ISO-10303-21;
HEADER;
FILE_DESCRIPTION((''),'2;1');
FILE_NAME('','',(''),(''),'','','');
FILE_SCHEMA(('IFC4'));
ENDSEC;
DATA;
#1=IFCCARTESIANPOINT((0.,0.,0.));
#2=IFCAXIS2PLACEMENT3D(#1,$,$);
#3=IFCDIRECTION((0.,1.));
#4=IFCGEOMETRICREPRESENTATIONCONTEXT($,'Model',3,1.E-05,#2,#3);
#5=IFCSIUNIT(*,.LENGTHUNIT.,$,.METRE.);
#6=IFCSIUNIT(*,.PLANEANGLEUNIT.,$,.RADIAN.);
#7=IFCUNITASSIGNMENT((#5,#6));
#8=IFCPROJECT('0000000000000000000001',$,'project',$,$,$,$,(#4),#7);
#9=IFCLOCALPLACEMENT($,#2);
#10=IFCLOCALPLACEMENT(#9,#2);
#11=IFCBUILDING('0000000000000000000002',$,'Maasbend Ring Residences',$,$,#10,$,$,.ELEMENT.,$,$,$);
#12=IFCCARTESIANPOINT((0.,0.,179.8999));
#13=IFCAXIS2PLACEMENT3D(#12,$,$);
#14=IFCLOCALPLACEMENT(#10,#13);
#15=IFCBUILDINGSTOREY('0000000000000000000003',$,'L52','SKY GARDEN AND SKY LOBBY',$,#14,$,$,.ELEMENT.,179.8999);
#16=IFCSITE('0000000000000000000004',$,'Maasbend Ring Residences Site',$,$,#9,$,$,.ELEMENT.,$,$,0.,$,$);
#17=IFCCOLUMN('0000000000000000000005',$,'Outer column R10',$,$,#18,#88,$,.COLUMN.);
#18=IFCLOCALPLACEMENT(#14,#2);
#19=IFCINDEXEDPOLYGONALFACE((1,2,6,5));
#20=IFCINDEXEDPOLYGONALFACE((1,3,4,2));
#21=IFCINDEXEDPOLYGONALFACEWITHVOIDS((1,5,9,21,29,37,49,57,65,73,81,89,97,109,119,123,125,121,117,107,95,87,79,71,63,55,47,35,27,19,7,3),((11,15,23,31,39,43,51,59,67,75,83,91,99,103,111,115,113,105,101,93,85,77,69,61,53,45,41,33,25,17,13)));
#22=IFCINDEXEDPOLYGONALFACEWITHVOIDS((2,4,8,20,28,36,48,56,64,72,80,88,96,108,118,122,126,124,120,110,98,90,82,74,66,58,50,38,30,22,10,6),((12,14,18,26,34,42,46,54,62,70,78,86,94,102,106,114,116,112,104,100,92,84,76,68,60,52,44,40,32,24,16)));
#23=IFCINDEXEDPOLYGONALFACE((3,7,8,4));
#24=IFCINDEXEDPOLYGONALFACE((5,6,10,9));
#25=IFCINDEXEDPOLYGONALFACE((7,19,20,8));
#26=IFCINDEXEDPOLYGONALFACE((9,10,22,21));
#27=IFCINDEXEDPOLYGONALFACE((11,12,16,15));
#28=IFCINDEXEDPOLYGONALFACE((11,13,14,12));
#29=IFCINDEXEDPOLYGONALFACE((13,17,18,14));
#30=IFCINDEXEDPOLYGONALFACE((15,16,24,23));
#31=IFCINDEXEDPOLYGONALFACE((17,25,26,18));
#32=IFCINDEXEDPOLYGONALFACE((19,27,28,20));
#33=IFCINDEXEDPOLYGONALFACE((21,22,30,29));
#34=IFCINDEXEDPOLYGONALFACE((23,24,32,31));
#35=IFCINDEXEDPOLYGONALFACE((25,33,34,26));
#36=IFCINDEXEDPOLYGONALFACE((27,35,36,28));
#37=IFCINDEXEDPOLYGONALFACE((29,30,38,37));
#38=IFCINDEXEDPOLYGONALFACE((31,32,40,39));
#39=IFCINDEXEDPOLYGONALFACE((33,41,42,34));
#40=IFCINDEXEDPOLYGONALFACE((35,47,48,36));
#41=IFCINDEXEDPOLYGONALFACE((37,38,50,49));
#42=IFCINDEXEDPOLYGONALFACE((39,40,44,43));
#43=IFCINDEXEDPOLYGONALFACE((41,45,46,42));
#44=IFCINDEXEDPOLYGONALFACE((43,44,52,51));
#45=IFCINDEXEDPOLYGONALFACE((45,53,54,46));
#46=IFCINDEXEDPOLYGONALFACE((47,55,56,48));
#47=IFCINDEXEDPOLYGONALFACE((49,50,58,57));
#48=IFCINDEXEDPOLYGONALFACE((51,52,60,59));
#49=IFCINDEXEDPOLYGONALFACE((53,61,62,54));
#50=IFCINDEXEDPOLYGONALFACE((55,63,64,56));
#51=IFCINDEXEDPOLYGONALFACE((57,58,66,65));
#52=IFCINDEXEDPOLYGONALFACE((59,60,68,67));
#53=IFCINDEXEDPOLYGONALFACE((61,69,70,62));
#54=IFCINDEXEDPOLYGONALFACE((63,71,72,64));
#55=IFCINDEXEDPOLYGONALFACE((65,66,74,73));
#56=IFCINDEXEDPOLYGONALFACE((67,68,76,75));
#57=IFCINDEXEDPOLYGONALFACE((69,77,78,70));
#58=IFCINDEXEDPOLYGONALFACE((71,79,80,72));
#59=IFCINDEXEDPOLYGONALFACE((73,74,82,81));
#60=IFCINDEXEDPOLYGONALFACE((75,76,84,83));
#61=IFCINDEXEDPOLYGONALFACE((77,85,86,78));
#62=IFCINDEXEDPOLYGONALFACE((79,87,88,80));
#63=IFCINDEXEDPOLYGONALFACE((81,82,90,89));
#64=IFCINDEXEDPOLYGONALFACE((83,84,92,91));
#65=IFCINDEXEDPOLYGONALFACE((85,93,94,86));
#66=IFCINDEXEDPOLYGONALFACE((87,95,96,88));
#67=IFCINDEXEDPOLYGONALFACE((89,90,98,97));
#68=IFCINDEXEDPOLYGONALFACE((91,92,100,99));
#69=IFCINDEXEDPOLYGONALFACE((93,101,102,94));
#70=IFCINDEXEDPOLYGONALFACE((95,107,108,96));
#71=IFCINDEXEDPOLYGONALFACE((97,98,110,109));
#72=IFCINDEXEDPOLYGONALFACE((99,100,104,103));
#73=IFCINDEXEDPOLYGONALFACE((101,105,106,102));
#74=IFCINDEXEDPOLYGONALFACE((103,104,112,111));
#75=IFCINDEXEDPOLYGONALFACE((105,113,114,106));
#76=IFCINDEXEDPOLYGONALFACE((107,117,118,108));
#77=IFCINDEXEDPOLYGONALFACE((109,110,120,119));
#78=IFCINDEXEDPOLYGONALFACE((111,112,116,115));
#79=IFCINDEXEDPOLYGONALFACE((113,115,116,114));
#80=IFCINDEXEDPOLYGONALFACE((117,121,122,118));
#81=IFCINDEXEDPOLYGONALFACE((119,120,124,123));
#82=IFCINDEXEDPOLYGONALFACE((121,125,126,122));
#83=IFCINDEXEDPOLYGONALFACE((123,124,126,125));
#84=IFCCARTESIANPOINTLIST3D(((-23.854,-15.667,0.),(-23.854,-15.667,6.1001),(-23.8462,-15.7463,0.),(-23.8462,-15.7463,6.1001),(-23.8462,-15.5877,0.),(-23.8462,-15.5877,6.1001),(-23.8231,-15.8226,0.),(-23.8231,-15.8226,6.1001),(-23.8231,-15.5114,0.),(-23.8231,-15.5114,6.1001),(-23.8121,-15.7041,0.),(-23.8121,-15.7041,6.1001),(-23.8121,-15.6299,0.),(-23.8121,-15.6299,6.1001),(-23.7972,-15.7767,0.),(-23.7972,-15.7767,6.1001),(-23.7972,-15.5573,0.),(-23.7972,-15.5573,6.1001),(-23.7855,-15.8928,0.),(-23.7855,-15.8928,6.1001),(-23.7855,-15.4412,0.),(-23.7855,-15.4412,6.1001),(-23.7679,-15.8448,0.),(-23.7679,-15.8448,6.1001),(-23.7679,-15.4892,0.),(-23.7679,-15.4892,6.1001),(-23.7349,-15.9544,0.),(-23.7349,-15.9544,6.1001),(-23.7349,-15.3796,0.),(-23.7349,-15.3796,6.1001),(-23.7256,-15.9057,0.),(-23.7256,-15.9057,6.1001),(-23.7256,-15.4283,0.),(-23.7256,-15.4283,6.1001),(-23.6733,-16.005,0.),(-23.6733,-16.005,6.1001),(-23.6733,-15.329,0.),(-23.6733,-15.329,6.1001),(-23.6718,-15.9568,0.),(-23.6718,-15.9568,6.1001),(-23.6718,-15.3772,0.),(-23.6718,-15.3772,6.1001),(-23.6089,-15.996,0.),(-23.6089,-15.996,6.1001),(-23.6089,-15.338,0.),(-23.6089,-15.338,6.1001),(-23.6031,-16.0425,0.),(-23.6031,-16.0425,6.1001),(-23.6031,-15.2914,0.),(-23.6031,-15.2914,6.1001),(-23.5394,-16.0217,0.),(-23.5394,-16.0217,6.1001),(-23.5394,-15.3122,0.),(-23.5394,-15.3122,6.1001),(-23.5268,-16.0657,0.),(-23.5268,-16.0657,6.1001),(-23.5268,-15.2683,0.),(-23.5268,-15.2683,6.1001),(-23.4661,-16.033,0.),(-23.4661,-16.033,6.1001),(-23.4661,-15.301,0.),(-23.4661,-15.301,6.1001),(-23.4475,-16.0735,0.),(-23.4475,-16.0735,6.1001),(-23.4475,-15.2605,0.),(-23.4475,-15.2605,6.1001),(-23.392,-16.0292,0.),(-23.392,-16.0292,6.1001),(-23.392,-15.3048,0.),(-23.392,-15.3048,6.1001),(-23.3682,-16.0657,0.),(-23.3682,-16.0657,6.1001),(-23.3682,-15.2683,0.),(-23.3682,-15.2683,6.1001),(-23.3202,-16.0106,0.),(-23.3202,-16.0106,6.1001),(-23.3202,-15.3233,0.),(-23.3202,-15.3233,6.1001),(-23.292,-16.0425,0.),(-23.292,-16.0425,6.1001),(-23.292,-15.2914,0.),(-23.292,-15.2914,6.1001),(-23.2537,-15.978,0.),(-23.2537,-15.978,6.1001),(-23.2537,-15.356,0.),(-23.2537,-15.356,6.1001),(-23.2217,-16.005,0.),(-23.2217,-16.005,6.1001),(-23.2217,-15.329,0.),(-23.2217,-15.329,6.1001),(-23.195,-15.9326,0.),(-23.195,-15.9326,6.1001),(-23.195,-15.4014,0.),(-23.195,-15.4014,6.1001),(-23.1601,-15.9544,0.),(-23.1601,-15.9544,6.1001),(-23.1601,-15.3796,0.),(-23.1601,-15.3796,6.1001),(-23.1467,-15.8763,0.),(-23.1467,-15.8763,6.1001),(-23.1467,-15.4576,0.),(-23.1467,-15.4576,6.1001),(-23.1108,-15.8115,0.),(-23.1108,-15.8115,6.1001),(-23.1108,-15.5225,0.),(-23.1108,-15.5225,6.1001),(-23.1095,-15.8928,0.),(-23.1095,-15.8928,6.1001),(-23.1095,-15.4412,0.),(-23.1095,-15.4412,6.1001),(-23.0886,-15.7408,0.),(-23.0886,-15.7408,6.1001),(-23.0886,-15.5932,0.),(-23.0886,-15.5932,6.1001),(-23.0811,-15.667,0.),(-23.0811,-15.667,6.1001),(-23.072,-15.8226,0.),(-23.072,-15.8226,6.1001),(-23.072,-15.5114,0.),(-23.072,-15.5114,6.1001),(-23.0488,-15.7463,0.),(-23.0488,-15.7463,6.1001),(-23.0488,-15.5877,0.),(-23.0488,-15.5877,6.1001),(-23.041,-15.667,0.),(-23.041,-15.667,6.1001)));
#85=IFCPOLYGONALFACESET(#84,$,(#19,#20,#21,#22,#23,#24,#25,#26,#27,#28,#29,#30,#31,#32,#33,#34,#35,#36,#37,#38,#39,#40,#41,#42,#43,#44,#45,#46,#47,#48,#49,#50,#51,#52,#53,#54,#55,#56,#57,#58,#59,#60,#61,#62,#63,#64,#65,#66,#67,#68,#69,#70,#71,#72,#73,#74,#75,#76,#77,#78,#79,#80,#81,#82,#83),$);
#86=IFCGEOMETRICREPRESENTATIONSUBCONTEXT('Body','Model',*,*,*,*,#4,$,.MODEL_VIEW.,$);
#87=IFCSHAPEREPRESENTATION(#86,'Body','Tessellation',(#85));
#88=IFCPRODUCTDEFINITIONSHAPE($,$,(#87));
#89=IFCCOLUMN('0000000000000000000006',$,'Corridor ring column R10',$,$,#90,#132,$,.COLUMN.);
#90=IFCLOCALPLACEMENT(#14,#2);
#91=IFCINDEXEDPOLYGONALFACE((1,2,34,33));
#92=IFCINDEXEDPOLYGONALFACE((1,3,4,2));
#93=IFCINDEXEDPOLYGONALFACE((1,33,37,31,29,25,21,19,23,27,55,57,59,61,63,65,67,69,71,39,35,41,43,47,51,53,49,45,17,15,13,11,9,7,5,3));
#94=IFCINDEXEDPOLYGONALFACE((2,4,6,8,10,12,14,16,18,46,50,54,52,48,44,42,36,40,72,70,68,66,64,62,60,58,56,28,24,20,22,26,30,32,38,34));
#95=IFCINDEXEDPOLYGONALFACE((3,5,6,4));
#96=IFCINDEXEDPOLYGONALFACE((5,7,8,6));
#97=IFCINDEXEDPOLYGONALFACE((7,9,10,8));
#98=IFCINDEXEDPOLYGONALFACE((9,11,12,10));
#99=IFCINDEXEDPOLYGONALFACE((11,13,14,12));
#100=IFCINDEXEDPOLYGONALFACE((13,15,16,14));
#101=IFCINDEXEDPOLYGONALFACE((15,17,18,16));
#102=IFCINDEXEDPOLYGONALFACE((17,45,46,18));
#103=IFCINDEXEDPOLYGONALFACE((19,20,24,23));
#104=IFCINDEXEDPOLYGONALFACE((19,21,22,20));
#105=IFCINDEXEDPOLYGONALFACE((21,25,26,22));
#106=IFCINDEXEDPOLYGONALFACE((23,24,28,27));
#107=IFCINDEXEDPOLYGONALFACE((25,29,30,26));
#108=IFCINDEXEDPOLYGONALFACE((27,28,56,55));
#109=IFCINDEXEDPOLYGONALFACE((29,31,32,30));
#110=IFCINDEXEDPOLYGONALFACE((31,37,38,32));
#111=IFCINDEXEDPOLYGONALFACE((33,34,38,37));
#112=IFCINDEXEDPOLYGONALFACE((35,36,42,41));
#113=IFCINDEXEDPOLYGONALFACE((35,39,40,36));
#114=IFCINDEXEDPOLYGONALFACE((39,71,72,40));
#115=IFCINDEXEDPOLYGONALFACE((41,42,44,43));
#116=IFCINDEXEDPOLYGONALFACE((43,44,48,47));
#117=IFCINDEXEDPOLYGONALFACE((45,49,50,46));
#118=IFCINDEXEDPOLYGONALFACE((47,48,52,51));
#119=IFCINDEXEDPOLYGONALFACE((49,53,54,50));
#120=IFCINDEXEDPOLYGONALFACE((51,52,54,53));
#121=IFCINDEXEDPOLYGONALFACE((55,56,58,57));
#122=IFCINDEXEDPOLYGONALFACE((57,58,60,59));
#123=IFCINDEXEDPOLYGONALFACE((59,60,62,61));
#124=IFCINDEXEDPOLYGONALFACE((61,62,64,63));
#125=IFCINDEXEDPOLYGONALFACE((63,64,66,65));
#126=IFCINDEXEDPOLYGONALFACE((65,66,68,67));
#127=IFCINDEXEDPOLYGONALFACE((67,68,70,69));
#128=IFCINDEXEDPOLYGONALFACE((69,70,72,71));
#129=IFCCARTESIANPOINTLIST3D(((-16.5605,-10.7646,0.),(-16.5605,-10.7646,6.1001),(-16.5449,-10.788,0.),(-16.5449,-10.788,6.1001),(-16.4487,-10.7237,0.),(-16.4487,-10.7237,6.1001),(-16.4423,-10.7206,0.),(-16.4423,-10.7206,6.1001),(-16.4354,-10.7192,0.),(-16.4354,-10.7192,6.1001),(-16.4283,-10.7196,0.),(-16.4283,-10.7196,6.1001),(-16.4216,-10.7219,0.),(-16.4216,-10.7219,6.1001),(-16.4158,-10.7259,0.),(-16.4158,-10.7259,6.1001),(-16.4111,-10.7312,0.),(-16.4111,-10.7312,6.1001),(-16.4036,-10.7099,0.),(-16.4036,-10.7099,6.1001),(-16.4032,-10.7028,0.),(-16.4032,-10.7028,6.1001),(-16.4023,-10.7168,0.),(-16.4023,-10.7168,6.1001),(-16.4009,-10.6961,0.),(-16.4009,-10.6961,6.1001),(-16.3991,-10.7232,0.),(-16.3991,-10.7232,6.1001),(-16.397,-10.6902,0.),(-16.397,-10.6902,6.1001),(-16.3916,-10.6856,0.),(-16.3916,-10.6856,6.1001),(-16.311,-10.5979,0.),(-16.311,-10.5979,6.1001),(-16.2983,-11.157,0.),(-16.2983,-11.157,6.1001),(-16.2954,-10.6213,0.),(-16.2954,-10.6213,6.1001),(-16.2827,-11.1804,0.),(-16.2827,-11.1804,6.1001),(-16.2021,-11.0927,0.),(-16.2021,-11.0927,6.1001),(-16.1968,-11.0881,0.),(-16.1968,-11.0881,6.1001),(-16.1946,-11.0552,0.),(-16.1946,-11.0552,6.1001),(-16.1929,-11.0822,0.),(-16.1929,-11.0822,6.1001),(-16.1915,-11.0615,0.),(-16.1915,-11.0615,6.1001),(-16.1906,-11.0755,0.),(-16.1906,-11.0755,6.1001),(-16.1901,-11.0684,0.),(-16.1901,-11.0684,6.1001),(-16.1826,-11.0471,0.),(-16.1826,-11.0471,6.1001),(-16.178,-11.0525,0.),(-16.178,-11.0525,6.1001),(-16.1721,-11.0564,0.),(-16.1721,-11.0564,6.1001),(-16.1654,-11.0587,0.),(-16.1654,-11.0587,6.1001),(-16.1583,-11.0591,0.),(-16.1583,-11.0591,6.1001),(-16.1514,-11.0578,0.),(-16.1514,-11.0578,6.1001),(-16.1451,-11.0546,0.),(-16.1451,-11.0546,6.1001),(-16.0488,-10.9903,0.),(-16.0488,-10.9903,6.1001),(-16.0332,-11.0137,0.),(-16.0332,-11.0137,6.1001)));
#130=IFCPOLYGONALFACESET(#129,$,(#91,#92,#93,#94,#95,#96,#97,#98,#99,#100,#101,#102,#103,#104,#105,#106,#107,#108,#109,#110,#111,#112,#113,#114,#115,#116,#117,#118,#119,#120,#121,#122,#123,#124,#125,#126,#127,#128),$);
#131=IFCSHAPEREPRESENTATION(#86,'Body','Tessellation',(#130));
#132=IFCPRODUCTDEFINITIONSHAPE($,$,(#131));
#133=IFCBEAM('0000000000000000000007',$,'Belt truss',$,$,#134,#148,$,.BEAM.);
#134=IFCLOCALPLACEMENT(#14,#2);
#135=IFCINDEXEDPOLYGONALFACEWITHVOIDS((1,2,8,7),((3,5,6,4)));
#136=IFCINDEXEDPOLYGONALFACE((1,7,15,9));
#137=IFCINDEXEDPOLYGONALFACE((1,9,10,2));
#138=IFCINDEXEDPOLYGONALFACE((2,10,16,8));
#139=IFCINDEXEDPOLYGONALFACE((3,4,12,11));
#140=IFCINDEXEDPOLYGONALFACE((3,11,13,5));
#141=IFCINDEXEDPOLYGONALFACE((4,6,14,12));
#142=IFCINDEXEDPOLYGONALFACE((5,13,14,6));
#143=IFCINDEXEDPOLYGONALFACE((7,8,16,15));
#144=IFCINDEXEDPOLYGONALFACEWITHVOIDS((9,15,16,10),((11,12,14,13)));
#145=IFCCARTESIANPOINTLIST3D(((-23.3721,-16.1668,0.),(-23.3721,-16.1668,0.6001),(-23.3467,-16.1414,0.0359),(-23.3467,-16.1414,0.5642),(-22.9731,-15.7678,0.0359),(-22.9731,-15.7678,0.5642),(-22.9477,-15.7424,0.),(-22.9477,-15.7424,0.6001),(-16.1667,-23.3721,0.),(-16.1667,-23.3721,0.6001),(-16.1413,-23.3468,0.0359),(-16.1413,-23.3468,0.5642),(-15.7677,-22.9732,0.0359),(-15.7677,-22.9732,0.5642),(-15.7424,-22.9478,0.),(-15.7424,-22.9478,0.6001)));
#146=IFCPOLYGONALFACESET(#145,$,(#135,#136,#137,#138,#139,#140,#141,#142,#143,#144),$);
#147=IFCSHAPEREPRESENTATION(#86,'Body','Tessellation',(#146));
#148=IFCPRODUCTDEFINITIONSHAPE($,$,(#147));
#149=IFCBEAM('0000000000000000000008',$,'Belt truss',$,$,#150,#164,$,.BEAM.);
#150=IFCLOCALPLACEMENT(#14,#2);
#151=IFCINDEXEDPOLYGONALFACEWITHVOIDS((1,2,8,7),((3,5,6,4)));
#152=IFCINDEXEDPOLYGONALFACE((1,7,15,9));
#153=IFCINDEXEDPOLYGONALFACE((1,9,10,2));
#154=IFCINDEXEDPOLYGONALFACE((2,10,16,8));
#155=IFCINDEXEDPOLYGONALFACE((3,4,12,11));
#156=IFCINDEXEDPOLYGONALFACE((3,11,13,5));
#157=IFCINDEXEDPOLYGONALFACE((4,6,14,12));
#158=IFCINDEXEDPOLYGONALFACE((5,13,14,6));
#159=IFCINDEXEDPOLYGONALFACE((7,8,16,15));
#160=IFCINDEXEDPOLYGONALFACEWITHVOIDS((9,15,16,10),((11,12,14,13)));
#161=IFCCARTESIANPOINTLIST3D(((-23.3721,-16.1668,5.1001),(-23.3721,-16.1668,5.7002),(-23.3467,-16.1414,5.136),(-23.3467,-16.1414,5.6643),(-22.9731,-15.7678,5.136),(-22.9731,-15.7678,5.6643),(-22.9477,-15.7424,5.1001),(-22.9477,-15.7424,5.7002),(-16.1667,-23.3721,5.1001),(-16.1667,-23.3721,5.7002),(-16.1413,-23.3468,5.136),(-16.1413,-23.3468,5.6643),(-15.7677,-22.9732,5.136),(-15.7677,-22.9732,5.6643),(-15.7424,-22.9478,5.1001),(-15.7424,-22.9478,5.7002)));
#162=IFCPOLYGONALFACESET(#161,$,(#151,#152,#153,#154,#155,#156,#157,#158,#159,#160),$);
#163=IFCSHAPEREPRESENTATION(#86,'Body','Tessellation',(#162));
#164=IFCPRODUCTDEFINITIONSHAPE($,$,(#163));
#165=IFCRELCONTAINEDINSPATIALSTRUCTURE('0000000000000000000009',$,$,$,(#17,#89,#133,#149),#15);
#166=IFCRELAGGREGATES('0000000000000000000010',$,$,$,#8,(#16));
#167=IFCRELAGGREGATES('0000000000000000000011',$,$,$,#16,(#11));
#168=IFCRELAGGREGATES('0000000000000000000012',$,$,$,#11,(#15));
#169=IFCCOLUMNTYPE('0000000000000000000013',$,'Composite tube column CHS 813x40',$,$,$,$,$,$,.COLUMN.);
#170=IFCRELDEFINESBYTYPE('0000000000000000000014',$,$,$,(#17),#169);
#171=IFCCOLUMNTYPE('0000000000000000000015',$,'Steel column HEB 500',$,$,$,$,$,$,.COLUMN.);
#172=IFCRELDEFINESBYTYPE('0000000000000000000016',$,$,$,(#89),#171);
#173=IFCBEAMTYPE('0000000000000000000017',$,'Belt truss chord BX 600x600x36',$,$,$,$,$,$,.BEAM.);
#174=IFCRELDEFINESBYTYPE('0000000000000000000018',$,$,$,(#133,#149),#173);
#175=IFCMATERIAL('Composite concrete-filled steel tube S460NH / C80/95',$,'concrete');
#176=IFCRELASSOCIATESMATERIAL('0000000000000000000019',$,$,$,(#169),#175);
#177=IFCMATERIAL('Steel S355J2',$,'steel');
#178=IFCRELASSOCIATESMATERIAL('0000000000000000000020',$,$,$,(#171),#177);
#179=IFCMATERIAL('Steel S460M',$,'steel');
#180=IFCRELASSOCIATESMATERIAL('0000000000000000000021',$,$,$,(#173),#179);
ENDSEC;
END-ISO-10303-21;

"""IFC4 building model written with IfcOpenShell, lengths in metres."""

from ifc_helpers import new_model, si_unit, direction, frame, origin, origin_2d, place, context, subcontext, project, spatial, hollow_rectangle, hollow_circle, i_section, extrude, material, material_profile, profile_set, type_object, element, save


model = new_model("IFC4")

# Units and contexts
model_context = context("Model", 3, precision=1e-05, world=origin(), true_north=direction((0.0, 1.0)))
body_context = subcontext(model_context, "Body", "Model", "MODEL_VIEW")
ifc_project = project(units=[si_unit("LENGTHUNIT", "METRE"), si_unit("PLANEANGLEUNIT", "RADIAN")], contexts=[model_context])

# Site, building, storey
site_placement = place(None, origin())
site = spatial("IfcSite", under=ifc_project, at=site_placement, Name="Maasbend Ring Residences Site", CompositionType="ELEMENT", RefElevation=0.0)
building_placement = place(site_placement, origin())
building = spatial("IfcBuilding", under=site, at=building_placement, Name="Maasbend Ring Residences", CompositionType="ELEMENT")
storey_placement = place(building_placement, frame((0.0, 0.0, 179.8999)))
storey = spatial("IfcBuildingStorey", under=building, at=storey_placement, Name="L52", Description="SKY GARDEN AND SKY LOBBY", CompositionType="ELEMENT", Elevation=179.8999)

# Columns
ifc_material_1 = material(Name="Composite concrete-filled steel tube S460NH / C80/95", Category="concrete")
ifc_material_profile_1 = material_profile(ifc_material_1, hollow_circle(Radius=0.4065, WallThickness=0.04, at=origin_2d()), Name="Composite tube column CHS 813x40")
ifc_profile_set_1 = profile_set([ifc_material_profile_1], Name="Composite concrete-filled steel tube S460NH / C80/95")
column_type_1 = type_object("IfcColumnType", Name="Composite tube column CHS 813x40", PredefinedType="COLUMN", material=ifc_profile_set_1)
column_1_placement = place(storey_placement, frame((-23.4475, -15.667, 0.0), z_axis=(0.0, 0.0, 1.0), x_axis=(1.0, 0.0, 0.0)))
element("IfcColumn", 1, at=column_1_placement, inside=storey, type_object=column_type_1, Name="Outer column R10", PredefinedType="COLUMN", context=body_context, shape_type="SweptSolid", body=[
    extrude(hollow_circle(Radius=0.4065, WallThickness=0.04, at=origin_2d()), origin(), (0.0, 0.0, 1.0), 6.1001),
])
ifc_material_2 = material(Name="Steel S355J2", Category="steel")
ifc_material_profile_2 = material_profile(ifc_material_2, i_section(OverallWidth=0.3, OverallDepth=0.5, WebThickness=0.0144, FlangeThickness=0.0281, FilletRadius=0.0271, at=origin_2d()), Name="HEB 500")
ifc_profile_set_2 = profile_set([ifc_material_profile_2], Name="Steel S355J2")
column_type_2 = type_object("IfcColumnType", Name="Steel column HEB 500", PredefinedType="COLUMN", material=ifc_profile_set_2)
column_2_placement = place(storey_placement, frame((-16.2969, -10.8892, 0.0), z_axis=(0.0, 0.0, 1.0), x_axis=(-0.83147, -0.55557, 0.0)))
element("IfcColumn", 2, at=column_2_placement, inside=storey, type_object=column_type_2, Name="Corridor ring column R10", PredefinedType="COLUMN", context=body_context, shape_type="SweptSolid", body=[
    extrude(i_section(OverallWidth=0.3, OverallDepth=0.5, WebThickness=0.0144, FlangeThickness=0.0281, FilletRadius=0.0271, at=origin_2d()), origin(), (0.0, 0.0, 1.0), 6.1001),
])

# Beams
ifc_material_3 = material(Name="Steel S460M", Category="steel")
ifc_material_profile_3 = material_profile(ifc_material_3, hollow_rectangle(XDim=0.6001, YDim=0.6001, WallThickness=0.0359, at=origin_2d()), Name="Belt truss chord BX 600x600x36")
ifc_profile_set_3 = profile_set([ifc_material_profile_3], Name="Steel S460M")
beam_type_1 = type_object("IfcBeamType", Name="Belt truss chord BX 600x600x36", PredefinedType="BEAM", material=ifc_profile_set_3)
for number, where, z_axis, x_axis, name in (
    (3, (-23.1599, -15.9546, 0.3), (0.707107, -0.707107, 0.0), (0.707107, 0.707107, 0.0), "Belt truss"),
    (4, (-23.1599, -15.9546, 5.4001), (0.707107, -0.707107, 0.0), (0.707107, 0.707107, 0.0), "Belt truss"),
):
    element("IfcBeam", number, at=place(storey_placement, frame(where, z_axis=z_axis, x_axis=x_axis)), inside=storey, type_object=beam_type_1, Name=name, PredefinedType="BEAM", context=body_context, shape_type="SweptSolid", body=[
        extrude(hollow_rectangle(XDim=0.6001, YDim=0.6001, WallThickness=0.0359, at=origin_2d()), origin(), (0.0, 0.0, 1.0), 10.1899),
    ])

save(model, "model.ifc")
